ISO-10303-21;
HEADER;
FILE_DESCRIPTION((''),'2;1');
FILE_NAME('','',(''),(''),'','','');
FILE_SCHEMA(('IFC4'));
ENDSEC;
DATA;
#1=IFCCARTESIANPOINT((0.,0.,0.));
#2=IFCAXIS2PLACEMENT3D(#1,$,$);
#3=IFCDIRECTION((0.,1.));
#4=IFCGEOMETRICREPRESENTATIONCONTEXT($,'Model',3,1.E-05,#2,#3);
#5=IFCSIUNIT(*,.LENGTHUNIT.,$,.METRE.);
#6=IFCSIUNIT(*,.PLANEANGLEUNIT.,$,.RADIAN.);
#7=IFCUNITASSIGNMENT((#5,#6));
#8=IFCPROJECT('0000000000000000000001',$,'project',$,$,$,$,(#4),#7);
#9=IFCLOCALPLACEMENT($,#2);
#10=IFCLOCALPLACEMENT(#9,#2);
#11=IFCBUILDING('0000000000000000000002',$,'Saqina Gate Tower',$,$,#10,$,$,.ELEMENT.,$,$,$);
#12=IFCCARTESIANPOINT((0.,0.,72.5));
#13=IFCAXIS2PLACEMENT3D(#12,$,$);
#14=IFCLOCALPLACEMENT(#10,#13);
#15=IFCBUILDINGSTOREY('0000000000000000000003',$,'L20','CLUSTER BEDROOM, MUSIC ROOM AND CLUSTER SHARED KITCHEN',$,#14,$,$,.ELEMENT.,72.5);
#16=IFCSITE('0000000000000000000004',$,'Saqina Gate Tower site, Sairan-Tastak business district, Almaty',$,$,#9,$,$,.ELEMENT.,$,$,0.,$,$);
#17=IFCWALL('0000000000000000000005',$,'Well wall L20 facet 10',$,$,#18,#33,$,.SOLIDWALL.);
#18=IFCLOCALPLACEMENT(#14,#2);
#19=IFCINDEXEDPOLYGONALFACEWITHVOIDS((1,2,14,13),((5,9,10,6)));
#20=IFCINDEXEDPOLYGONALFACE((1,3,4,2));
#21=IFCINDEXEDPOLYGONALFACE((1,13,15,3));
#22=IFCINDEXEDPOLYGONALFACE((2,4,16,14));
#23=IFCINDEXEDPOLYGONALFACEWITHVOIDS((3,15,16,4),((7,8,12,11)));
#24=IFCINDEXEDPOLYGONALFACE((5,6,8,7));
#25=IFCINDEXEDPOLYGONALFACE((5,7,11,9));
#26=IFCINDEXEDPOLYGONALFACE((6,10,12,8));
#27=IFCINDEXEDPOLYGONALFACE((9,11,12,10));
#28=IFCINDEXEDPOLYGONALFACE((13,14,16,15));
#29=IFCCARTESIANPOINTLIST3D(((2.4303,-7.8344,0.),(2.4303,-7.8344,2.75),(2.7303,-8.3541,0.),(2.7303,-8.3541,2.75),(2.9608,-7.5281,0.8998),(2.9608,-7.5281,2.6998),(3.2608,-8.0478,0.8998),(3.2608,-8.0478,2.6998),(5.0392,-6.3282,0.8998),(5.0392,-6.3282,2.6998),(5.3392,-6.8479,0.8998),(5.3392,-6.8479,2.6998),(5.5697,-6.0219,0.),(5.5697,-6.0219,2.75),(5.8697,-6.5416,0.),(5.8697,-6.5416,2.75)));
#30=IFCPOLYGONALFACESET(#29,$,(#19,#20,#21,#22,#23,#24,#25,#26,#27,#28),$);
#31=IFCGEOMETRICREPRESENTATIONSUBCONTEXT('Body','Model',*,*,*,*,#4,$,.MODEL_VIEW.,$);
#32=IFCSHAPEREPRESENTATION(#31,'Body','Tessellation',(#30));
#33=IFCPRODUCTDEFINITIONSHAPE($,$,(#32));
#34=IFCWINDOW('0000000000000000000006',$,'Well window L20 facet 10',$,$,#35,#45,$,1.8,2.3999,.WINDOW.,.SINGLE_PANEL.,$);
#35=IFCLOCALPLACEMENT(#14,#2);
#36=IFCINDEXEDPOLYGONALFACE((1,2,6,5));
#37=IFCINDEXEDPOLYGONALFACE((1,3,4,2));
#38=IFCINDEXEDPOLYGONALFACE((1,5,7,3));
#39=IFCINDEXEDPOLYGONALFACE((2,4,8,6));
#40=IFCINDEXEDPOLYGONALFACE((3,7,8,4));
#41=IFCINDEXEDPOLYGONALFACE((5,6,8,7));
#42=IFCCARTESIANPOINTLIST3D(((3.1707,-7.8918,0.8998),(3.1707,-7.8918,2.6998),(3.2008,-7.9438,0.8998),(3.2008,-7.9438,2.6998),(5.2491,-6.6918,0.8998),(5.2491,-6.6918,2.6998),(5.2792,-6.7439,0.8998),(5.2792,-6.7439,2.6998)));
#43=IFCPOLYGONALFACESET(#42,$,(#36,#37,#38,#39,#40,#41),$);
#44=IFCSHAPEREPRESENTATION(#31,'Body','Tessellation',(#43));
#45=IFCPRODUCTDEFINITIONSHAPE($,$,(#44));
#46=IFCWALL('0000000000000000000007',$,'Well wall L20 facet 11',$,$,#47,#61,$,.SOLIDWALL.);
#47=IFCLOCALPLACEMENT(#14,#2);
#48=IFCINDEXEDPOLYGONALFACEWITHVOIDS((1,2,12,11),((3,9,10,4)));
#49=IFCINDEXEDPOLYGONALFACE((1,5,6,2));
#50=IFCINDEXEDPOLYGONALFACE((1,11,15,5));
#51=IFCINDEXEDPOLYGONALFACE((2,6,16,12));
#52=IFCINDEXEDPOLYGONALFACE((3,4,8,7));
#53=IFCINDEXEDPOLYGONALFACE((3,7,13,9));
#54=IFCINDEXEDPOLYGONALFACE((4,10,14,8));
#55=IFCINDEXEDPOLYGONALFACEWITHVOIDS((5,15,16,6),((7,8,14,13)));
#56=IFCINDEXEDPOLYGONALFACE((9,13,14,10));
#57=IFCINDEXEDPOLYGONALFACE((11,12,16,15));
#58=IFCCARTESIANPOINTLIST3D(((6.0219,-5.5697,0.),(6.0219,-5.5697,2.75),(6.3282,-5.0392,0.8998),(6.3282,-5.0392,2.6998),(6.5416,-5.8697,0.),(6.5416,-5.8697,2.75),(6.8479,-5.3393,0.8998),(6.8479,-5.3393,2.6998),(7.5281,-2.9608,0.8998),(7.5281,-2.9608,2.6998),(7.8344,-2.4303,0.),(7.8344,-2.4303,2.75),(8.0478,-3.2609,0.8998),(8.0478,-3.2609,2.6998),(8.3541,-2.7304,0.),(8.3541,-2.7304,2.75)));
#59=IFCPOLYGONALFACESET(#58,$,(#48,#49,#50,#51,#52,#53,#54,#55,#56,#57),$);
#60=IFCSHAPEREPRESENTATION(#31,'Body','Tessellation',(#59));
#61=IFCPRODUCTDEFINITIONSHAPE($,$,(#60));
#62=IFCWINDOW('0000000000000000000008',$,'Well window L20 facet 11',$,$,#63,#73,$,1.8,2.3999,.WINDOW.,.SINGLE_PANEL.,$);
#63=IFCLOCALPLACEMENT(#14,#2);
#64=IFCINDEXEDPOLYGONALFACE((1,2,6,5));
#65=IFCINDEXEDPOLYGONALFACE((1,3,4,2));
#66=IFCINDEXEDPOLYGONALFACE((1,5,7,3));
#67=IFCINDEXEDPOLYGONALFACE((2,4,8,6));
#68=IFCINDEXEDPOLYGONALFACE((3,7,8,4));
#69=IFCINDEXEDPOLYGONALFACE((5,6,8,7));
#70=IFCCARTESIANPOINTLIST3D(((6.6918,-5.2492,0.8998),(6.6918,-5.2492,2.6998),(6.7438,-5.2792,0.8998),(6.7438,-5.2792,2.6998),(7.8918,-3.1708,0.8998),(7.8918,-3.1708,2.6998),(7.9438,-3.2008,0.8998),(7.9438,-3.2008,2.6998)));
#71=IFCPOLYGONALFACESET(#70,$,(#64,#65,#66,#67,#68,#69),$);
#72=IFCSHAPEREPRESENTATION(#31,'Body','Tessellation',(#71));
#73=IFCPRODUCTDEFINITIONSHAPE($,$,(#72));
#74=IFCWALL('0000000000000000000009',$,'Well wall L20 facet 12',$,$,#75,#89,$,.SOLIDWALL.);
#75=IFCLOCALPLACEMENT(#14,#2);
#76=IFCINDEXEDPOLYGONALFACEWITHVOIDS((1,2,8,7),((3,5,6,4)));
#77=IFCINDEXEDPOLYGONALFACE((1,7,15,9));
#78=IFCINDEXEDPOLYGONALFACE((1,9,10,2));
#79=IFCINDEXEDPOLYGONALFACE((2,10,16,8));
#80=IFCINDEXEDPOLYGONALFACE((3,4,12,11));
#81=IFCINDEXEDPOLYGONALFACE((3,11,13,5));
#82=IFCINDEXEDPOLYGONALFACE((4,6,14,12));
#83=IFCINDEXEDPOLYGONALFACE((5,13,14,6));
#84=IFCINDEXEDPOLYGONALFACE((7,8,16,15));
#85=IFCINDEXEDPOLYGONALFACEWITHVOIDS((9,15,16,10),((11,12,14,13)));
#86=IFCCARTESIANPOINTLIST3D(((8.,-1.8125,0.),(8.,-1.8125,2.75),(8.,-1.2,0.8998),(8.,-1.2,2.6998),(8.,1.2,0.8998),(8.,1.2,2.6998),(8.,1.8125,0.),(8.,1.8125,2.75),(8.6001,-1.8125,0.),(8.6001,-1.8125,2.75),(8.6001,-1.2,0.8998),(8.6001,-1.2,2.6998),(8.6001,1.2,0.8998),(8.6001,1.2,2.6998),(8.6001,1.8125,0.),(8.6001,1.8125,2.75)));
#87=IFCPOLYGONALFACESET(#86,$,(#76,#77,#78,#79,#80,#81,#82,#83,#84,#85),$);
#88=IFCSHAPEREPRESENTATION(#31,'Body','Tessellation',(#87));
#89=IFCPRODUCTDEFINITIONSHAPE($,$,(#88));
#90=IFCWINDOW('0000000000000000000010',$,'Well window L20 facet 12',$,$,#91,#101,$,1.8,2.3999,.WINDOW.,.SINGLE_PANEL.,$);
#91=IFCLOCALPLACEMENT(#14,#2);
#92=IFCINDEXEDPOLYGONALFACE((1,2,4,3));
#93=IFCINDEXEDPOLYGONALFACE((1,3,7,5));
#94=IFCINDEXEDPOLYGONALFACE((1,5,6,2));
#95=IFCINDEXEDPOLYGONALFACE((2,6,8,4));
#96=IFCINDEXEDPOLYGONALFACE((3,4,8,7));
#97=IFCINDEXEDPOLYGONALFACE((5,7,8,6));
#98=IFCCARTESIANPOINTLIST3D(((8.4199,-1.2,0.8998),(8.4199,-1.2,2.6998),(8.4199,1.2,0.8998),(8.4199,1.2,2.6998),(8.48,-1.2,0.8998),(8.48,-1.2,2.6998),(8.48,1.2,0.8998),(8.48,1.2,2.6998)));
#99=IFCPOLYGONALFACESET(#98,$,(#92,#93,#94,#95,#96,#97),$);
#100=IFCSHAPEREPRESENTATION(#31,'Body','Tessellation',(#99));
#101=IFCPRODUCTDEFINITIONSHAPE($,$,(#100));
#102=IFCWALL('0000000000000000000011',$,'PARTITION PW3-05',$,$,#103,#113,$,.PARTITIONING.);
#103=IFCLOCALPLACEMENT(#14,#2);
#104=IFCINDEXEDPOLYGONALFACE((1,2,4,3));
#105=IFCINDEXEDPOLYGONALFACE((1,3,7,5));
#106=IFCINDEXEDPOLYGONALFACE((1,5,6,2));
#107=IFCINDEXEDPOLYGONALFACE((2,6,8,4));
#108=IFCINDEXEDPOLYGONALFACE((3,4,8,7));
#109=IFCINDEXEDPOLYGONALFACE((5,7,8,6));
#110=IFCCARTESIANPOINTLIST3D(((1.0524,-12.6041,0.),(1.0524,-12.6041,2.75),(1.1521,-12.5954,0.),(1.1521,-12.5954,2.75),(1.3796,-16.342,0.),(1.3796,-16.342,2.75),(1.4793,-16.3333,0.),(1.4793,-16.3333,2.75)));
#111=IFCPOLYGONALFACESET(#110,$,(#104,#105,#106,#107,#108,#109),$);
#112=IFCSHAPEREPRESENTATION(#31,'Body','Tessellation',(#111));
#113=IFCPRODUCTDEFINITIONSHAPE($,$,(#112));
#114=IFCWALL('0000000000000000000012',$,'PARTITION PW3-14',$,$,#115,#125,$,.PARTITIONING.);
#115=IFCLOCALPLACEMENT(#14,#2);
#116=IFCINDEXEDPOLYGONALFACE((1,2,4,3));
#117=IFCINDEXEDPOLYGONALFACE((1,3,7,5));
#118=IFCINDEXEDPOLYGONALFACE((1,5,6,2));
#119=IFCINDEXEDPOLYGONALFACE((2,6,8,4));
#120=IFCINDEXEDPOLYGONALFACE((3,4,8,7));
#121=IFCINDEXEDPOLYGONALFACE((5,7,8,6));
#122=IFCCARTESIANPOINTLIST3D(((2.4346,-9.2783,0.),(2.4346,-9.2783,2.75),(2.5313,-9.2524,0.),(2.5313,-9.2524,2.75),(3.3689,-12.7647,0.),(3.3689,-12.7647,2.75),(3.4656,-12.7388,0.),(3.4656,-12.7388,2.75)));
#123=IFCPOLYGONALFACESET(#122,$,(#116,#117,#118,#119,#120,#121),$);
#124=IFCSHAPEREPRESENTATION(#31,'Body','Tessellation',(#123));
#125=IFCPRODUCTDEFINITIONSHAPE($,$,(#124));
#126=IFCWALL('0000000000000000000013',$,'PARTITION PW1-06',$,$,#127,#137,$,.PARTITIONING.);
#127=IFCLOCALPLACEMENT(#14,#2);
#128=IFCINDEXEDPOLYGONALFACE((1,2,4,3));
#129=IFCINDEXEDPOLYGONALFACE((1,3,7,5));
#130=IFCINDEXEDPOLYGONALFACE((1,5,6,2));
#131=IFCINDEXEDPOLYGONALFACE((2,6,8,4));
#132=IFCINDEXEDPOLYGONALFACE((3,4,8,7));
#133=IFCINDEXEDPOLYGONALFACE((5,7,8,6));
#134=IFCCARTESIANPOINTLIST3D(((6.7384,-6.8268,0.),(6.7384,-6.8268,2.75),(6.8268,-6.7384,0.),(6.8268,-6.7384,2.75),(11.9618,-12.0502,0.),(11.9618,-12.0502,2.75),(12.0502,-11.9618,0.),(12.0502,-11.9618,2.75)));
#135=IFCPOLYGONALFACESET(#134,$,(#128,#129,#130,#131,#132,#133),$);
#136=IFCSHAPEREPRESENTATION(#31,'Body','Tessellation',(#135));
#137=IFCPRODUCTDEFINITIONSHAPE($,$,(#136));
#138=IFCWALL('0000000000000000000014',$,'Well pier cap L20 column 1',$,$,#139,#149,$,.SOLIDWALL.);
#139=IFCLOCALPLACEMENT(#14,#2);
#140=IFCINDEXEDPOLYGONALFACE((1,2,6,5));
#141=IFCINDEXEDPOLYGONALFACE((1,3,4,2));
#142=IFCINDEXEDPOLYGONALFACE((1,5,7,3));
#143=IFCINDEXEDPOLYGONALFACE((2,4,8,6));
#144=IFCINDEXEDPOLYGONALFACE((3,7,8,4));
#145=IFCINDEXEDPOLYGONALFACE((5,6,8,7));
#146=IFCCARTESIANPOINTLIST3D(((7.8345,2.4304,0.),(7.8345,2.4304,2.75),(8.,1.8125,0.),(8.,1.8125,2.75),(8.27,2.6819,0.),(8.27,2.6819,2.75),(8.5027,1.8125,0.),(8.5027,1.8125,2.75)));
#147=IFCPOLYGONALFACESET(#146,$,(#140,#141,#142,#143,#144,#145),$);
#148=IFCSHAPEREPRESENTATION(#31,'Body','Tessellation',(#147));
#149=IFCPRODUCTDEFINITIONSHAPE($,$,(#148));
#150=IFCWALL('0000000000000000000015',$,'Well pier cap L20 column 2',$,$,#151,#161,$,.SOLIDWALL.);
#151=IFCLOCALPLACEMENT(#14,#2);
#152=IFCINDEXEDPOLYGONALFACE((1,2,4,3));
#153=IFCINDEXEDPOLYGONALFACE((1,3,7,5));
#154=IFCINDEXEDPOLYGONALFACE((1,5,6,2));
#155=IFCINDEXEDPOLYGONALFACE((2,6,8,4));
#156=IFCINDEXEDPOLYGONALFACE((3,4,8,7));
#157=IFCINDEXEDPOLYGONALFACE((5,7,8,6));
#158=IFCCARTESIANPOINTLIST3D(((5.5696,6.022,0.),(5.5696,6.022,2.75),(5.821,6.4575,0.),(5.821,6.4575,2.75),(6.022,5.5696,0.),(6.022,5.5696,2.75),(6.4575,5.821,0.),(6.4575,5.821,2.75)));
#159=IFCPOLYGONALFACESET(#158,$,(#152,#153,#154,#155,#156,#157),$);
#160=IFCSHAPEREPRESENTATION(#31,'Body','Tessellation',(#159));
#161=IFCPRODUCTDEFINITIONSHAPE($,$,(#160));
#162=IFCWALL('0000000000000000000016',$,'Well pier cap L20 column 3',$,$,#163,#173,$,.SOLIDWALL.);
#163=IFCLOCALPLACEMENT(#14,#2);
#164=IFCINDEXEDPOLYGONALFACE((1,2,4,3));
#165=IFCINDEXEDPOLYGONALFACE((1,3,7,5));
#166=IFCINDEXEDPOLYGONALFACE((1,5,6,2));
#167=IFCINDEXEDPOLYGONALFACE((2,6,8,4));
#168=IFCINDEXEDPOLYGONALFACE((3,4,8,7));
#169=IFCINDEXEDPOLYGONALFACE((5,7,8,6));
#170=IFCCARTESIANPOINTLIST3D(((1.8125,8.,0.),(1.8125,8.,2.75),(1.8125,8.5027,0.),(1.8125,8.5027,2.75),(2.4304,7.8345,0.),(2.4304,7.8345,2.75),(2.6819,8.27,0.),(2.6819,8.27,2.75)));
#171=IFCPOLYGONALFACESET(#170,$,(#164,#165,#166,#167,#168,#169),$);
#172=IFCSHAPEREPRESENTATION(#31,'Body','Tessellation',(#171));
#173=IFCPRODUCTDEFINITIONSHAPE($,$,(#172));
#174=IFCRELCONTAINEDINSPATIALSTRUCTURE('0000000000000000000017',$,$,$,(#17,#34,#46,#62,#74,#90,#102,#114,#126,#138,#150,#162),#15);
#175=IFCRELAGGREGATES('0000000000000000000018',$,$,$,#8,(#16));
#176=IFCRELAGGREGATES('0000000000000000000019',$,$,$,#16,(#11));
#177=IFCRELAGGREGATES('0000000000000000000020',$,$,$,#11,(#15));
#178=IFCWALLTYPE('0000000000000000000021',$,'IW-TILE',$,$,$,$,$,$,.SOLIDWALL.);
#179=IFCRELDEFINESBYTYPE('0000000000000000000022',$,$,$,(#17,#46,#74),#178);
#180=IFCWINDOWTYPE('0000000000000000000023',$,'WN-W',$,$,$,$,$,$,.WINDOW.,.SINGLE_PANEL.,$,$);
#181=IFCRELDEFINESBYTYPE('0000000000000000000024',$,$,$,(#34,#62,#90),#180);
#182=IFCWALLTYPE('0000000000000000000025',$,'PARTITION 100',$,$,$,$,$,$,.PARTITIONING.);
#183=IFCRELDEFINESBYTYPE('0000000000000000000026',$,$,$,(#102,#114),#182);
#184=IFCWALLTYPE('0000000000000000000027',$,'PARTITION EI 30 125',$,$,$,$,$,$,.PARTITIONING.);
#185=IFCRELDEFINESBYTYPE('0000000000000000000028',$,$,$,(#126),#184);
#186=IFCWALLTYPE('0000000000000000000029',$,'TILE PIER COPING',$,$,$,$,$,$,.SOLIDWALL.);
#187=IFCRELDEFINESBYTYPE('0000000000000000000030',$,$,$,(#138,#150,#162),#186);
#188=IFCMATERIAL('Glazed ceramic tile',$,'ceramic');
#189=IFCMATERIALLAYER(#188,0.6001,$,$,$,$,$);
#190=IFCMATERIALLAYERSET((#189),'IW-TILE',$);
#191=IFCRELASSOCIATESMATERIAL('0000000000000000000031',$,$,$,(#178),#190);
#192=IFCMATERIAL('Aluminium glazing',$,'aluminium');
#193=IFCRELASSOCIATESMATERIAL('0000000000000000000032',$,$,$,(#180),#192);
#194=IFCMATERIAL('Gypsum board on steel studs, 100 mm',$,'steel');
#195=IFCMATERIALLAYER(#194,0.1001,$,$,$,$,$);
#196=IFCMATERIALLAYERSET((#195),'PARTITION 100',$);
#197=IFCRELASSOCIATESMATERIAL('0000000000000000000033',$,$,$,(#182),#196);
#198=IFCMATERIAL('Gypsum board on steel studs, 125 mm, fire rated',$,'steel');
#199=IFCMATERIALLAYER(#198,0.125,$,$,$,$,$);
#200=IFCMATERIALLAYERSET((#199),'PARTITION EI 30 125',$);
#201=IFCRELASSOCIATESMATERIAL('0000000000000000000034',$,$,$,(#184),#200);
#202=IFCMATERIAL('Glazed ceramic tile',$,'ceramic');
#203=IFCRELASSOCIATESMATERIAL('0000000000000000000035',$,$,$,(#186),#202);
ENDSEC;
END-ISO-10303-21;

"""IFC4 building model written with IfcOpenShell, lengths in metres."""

from ifc_helpers import new_model, si_unit, direction, frame, frame_2d, origin, place, context, subcontext, project, spatial, polyline, rectangle, outline, extrude, material, layer, layer_set, type_object, element, fill, save


model = new_model("IFC4")

# Units and contexts
model_context = context("Model", 3, precision=1e-05, world=origin(), true_north=direction((0.0, 1.0)))
body_context = subcontext(model_context, "Body", "Model", "MODEL_VIEW")
ifc_project = project(units=[si_unit("LENGTHUNIT", "METRE"), si_unit("PLANEANGLEUNIT", "RADIAN")], contexts=[model_context])

# Site, building, storey
site_placement = place(None, origin())
site = spatial("IfcSite", under=ifc_project, at=site_placement, Name="Saqina Gate Tower site, Sairan-Tastak business district, Almaty", CompositionType="ELEMENT", RefElevation=0.0)
building_placement = place(site_placement, origin())
building = spatial("IfcBuilding", under=site, at=building_placement, Name="Saqina Gate Tower", CompositionType="ELEMENT")
storey_placement = place(building_placement, frame((0.0, 0.0, 72.5)))
storey = spatial("IfcBuildingStorey", under=building, at=storey_placement, Name="L20", Description="CLUSTER BEDROOM, MUSIC ROOM AND CLUSTER SHARED KITCHEN", CompositionType="ELEMENT", Elevation=72.5)

# Walls, openings, windows
ifc_material_1 = material(Name="Glazed ceramic tile", Category="ceramic")
ifc_layer_1 = layer(ifc_material_1, 0.6001)
ifc_layer_set_1 = layer_set([ifc_layer_1], Name="IW-TILE")
wall_type_1 = type_object("IfcWallType", Name="IW-TILE", PredefinedType="SOLIDWALL", material=ifc_layer_set_1)
wall_1_placement = place(storey_placement, frame((2.5803, -8.0942, 0.0), z_axis=(0.0, 0.0, 1.0), x_axis=(0.86603, 0.499993, 0.0)))
wall_1 = element("IfcWall", 1, at=wall_1_placement, inside=storey, type_object=wall_type_1, Name="Well wall L20 facet 10", PredefinedType="SOLIDWALL", context=body_context, shape_type="SweptSolid", body=[
    extrude(rectangle(XDim=3.625, YDim=0.6001, at=frame_2d((1.8125, 0.0))), origin(), (0.0, 0.0, 1.0), 2.75),
])
opening_1_placement = place(wall_1_placement, frame((0.6125, 0.0, 0.8999)))
opening_1 = element("IfcOpeningElement", 2, at=opening_1_placement, cuts=wall_1, PredefinedType="OPENING", context=body_context, shape_type="SweptSolid", body=[
    extrude(rectangle(XDim=2.3999, YDim=1.8, at=frame_2d((1.2, 0.8999))), frame((0.0, 0.312, 0.0), z_axis=(0.0, -1.0, 0.0), x_axis=(1.0, 0.0, 0.0)), (0.0, 0.0, 1.0), 0.624),
])
ifc_material_2 = material(Name="Aluminium glazing", Category="aluminium")
window_type = type_object("IfcWindowType", Name="WN-W", PartitioningType="SINGLE_PANEL", PredefinedType="WINDOW", material=ifc_material_2)
window_1_placement = place(opening_1_placement, origin())
window_1 = element("IfcWindow", 3, at=window_1_placement, inside=storey, type_object=window_type, Name="Well window L20 facet 10", OverallHeight=1.8, OverallWidth=2.3999, PartitioningType="SINGLE_PANEL", PredefinedType="WINDOW", context=body_context, shape_type="SweptSolid", body=[
    extrude(rectangle(XDim=2.3999, YDim=1.8, at=frame_2d((1.2, 0.8999))), frame((0.0, -0.1199, 0.0), z_axis=(0.0, -1.0, 0.0), x_axis=(1.0, 0.0, 0.0)), (0.0, 0.0, 1.0), 0.0601),
])
fill(opening_1, window_1)
wall_2_placement = place(storey_placement, frame((6.2817, -5.7197, 0.0), z_axis=(0.0, 0.0, 1.0), x_axis=(0.499993, 0.86603, 0.0)))
wall_2 = element("IfcWall", 4, at=wall_2_placement, inside=storey, type_object=wall_type_1, Name="Well wall L20 facet 11", PredefinedType="SOLIDWALL", context=body_context, shape_type="SweptSolid", body=[
    extrude(rectangle(XDim=3.625, YDim=0.6001, at=frame_2d((1.8125, 0.0))), origin(), (0.0, 0.0, 1.0), 2.75),
])
opening_2_placement = place(wall_2_placement, frame((0.6125, 0.0, 0.8999)))
opening_2 = element("IfcOpeningElement", 5, at=opening_2_placement, cuts=wall_2, PredefinedType="OPENING", context=body_context, shape_type="SweptSolid", body=[
    extrude(rectangle(XDim=2.3999, YDim=1.8, at=frame_2d((1.2, 0.8999))), frame((0.0, 0.312, 0.0), z_axis=(0.0, -1.0, 0.0), x_axis=(1.0, 0.0, 0.0)), (0.0, 0.0, 1.0), 0.624),
])
window_2_placement = place(opening_2_placement, origin())
window_2 = element("IfcWindow", 6, at=window_2_placement, inside=storey, type_object=window_type, Name="Well window L20 facet 11", OverallHeight=1.8, OverallWidth=2.3999, PartitioningType="SINGLE_PANEL", PredefinedType="WINDOW", context=body_context, shape_type="SweptSolid", body=[
    extrude(rectangle(XDim=2.3999, YDim=1.8, at=frame_2d((1.2, 0.8999))), frame((0.0, -0.1199, 0.0), z_axis=(0.0, -1.0, 0.0), x_axis=(1.0, 0.0, 0.0)), (0.0, 0.0, 1.0), 0.0601),
])
fill(opening_2, window_2)
wall_3_placement = place(storey_placement, frame((8.3, -1.8125, 0.0), z_axis=(0.0, 0.0, 1.0), x_axis=(0.0, 1.0, 0.0)))
wall_3 = element("IfcWall", 7, at=wall_3_placement, inside=storey, type_object=wall_type_1, Name="Well wall L20 facet 12", PredefinedType="SOLIDWALL", context=body_context, shape_type="SweptSolid", body=[
    extrude(rectangle(XDim=3.625, YDim=0.6001, at=frame_2d((1.8125, 0.0))), origin(), (0.0, 0.0, 1.0), 2.75),
])
opening_3_placement = place(wall_3_placement, frame((0.6125, 0.0, 0.8999)))
opening_3 = element("IfcOpeningElement", 8, at=opening_3_placement, cuts=wall_3, PredefinedType="OPENING", context=body_context, shape_type="SweptSolid", body=[
    extrude(rectangle(XDim=2.3999, YDim=1.8, at=frame_2d((1.2, 0.8999))), frame((0.0, 0.312, 0.0), z_axis=(0.0, -1.0, 0.0), x_axis=(1.0, 0.0, 0.0)), (0.0, 0.0, 1.0), 0.624),
])
window_3_placement = place(opening_3_placement, origin())
window_3 = element("IfcWindow", 9, at=window_3_placement, inside=storey, type_object=window_type, Name="Well window L20 facet 12", OverallHeight=1.8, OverallWidth=2.3999, PartitioningType="SINGLE_PANEL", PredefinedType="WINDOW", context=body_context, shape_type="SweptSolid", body=[
    extrude(rectangle(XDim=2.3999, YDim=1.8, at=frame_2d((1.2, 0.8999))), frame((0.0, -0.1199, 0.0), z_axis=(0.0, -1.0, 0.0), x_axis=(1.0, 0.0, 0.0)), (0.0, 0.0, 1.0), 0.0601),
])
fill(opening_3, window_3)

# Walls
ifc_material_3 = material(Name="Gypsum board on steel studs, 100 mm", Category="steel")
ifc_layer_2 = layer(ifc_material_3, 0.1001)
ifc_layer_set_2 = layer_set([ifc_layer_2], Name="PARTITION 100")
wall_type_2 = type_object("IfcWallType", Name="PARTITION 100", PredefinedType="PARTITIONING", material=ifc_layer_set_2)
wall_4_placement = place(storey_placement, frame((1.1023, -12.5999, 0.0), z_axis=(0.0, 0.0, 1.0), x_axis=(0.087191, -0.996192, 0.0)))
element("IfcWall", 10, at=wall_4_placement, inside=storey, type_object=wall_type_2, Name="PARTITION PW3-05", PredefinedType="PARTITIONING", context=body_context, shape_type="SweptSolid", body=[
    extrude(rectangle(XDim=3.7522, YDim=0.1001, at=frame_2d((1.876, 0.0))), origin(), (0.0, 0.0, 1.0), 2.75),
])
wall_5_placement = place(storey_placement, frame((2.4829, -9.2654, 0.0), z_axis=(0.0, 0.0, 1.0), x_axis=(0.258862, -0.965914, 0.0)))
element("IfcWall", 11, at=wall_5_placement, inside=storey, type_object=wall_type_2, Name="PARTITION PW3-14", PredefinedType="PARTITIONING", context=body_context, shape_type="SweptSolid", body=[
    extrude(rectangle(XDim=3.6094, YDim=0.1001, at=frame_2d((1.8047, 0.0))), origin(), (0.0, 0.0, 1.0), 2.75),
])
ifc_material_4 = material(Name="Gypsum board on steel studs, 125 mm, fire rated", Category="steel")
ifc_layer_3 = layer(ifc_material_4, 0.125)
ifc_layer_set_3 = layer_set([ifc_layer_3], Name="PARTITION EI 30 125")
wall_type_3 = type_object("IfcWallType", Name="PARTITION EI 30 125", PredefinedType="PARTITIONING", material=ifc_layer_set_3)
wall_6_placement = place(storey_placement, frame((6.7827, -6.7827, 0.0), z_axis=(0.0, 0.0, 1.0), x_axis=(0.707107, -0.707107, 0.0)))
element("IfcWall", 12, at=wall_6_placement, inside=storey, type_object=wall_type_3, Name="PARTITION PW1-06", PredefinedType="PARTITIONING", context=body_context, shape_type="SweptSolid", body=[
    extrude(rectangle(XDim=7.387, YDim=0.125, at=frame_2d((3.6934, 0.0))), origin(), (0.0, 0.0, 1.0), 2.75),
])
ifc_material_5 = material(Name="Glazed ceramic tile", Category="ceramic")
wall_type_4 = type_object("IfcWallType", Name="TILE PIER COPING", PredefinedType="SOLIDWALL", material=ifc_material_5)
wall_7_placement = place(storey_placement, origin())
element("IfcWall", 13, at=wall_7_placement, inside=storey, type_object=wall_type_4, Name="Well pier cap L20 column 1", PredefinedType="SOLIDWALL", context=body_context, shape_type="SweptSolid", body=[
    extrude(outline(polyline([(8.27, 2.6819), (7.8345, 2.4304), (8.0, 1.8125), (8.5027, 1.8125), (8.27, 2.6819)])), origin(), (0.0, 0.0, 1.0), 2.75),
])
wall_8_placement = place(storey_placement, origin())
element("IfcWall", 14, at=wall_8_placement, inside=storey, type_object=wall_type_4, Name="Well pier cap L20 column 2", PredefinedType="SOLIDWALL", context=body_context, shape_type="SweptSolid", body=[
    extrude(outline(polyline([(5.821, 6.4575), (5.5696, 6.022), (6.022, 5.5696), (6.4575, 5.821), (5.821, 6.4575)])), origin(), (0.0, 0.0, 1.0), 2.75),
])
wall_9_placement = place(storey_placement, origin())
element("IfcWall", 15, at=wall_9_placement, inside=storey, type_object=wall_type_4, Name="Well pier cap L20 column 3", PredefinedType="SOLIDWALL", context=body_context, shape_type="SweptSolid", body=[
    extrude(outline(polyline([(1.8125, 8.5027), (1.8125, 8.0), (2.4304, 7.8345), (2.6819, 8.27), (1.8125, 8.5027)])), origin(), (0.0, 0.0, 1.0), 2.75),
])

save(model, "model.ifc")
